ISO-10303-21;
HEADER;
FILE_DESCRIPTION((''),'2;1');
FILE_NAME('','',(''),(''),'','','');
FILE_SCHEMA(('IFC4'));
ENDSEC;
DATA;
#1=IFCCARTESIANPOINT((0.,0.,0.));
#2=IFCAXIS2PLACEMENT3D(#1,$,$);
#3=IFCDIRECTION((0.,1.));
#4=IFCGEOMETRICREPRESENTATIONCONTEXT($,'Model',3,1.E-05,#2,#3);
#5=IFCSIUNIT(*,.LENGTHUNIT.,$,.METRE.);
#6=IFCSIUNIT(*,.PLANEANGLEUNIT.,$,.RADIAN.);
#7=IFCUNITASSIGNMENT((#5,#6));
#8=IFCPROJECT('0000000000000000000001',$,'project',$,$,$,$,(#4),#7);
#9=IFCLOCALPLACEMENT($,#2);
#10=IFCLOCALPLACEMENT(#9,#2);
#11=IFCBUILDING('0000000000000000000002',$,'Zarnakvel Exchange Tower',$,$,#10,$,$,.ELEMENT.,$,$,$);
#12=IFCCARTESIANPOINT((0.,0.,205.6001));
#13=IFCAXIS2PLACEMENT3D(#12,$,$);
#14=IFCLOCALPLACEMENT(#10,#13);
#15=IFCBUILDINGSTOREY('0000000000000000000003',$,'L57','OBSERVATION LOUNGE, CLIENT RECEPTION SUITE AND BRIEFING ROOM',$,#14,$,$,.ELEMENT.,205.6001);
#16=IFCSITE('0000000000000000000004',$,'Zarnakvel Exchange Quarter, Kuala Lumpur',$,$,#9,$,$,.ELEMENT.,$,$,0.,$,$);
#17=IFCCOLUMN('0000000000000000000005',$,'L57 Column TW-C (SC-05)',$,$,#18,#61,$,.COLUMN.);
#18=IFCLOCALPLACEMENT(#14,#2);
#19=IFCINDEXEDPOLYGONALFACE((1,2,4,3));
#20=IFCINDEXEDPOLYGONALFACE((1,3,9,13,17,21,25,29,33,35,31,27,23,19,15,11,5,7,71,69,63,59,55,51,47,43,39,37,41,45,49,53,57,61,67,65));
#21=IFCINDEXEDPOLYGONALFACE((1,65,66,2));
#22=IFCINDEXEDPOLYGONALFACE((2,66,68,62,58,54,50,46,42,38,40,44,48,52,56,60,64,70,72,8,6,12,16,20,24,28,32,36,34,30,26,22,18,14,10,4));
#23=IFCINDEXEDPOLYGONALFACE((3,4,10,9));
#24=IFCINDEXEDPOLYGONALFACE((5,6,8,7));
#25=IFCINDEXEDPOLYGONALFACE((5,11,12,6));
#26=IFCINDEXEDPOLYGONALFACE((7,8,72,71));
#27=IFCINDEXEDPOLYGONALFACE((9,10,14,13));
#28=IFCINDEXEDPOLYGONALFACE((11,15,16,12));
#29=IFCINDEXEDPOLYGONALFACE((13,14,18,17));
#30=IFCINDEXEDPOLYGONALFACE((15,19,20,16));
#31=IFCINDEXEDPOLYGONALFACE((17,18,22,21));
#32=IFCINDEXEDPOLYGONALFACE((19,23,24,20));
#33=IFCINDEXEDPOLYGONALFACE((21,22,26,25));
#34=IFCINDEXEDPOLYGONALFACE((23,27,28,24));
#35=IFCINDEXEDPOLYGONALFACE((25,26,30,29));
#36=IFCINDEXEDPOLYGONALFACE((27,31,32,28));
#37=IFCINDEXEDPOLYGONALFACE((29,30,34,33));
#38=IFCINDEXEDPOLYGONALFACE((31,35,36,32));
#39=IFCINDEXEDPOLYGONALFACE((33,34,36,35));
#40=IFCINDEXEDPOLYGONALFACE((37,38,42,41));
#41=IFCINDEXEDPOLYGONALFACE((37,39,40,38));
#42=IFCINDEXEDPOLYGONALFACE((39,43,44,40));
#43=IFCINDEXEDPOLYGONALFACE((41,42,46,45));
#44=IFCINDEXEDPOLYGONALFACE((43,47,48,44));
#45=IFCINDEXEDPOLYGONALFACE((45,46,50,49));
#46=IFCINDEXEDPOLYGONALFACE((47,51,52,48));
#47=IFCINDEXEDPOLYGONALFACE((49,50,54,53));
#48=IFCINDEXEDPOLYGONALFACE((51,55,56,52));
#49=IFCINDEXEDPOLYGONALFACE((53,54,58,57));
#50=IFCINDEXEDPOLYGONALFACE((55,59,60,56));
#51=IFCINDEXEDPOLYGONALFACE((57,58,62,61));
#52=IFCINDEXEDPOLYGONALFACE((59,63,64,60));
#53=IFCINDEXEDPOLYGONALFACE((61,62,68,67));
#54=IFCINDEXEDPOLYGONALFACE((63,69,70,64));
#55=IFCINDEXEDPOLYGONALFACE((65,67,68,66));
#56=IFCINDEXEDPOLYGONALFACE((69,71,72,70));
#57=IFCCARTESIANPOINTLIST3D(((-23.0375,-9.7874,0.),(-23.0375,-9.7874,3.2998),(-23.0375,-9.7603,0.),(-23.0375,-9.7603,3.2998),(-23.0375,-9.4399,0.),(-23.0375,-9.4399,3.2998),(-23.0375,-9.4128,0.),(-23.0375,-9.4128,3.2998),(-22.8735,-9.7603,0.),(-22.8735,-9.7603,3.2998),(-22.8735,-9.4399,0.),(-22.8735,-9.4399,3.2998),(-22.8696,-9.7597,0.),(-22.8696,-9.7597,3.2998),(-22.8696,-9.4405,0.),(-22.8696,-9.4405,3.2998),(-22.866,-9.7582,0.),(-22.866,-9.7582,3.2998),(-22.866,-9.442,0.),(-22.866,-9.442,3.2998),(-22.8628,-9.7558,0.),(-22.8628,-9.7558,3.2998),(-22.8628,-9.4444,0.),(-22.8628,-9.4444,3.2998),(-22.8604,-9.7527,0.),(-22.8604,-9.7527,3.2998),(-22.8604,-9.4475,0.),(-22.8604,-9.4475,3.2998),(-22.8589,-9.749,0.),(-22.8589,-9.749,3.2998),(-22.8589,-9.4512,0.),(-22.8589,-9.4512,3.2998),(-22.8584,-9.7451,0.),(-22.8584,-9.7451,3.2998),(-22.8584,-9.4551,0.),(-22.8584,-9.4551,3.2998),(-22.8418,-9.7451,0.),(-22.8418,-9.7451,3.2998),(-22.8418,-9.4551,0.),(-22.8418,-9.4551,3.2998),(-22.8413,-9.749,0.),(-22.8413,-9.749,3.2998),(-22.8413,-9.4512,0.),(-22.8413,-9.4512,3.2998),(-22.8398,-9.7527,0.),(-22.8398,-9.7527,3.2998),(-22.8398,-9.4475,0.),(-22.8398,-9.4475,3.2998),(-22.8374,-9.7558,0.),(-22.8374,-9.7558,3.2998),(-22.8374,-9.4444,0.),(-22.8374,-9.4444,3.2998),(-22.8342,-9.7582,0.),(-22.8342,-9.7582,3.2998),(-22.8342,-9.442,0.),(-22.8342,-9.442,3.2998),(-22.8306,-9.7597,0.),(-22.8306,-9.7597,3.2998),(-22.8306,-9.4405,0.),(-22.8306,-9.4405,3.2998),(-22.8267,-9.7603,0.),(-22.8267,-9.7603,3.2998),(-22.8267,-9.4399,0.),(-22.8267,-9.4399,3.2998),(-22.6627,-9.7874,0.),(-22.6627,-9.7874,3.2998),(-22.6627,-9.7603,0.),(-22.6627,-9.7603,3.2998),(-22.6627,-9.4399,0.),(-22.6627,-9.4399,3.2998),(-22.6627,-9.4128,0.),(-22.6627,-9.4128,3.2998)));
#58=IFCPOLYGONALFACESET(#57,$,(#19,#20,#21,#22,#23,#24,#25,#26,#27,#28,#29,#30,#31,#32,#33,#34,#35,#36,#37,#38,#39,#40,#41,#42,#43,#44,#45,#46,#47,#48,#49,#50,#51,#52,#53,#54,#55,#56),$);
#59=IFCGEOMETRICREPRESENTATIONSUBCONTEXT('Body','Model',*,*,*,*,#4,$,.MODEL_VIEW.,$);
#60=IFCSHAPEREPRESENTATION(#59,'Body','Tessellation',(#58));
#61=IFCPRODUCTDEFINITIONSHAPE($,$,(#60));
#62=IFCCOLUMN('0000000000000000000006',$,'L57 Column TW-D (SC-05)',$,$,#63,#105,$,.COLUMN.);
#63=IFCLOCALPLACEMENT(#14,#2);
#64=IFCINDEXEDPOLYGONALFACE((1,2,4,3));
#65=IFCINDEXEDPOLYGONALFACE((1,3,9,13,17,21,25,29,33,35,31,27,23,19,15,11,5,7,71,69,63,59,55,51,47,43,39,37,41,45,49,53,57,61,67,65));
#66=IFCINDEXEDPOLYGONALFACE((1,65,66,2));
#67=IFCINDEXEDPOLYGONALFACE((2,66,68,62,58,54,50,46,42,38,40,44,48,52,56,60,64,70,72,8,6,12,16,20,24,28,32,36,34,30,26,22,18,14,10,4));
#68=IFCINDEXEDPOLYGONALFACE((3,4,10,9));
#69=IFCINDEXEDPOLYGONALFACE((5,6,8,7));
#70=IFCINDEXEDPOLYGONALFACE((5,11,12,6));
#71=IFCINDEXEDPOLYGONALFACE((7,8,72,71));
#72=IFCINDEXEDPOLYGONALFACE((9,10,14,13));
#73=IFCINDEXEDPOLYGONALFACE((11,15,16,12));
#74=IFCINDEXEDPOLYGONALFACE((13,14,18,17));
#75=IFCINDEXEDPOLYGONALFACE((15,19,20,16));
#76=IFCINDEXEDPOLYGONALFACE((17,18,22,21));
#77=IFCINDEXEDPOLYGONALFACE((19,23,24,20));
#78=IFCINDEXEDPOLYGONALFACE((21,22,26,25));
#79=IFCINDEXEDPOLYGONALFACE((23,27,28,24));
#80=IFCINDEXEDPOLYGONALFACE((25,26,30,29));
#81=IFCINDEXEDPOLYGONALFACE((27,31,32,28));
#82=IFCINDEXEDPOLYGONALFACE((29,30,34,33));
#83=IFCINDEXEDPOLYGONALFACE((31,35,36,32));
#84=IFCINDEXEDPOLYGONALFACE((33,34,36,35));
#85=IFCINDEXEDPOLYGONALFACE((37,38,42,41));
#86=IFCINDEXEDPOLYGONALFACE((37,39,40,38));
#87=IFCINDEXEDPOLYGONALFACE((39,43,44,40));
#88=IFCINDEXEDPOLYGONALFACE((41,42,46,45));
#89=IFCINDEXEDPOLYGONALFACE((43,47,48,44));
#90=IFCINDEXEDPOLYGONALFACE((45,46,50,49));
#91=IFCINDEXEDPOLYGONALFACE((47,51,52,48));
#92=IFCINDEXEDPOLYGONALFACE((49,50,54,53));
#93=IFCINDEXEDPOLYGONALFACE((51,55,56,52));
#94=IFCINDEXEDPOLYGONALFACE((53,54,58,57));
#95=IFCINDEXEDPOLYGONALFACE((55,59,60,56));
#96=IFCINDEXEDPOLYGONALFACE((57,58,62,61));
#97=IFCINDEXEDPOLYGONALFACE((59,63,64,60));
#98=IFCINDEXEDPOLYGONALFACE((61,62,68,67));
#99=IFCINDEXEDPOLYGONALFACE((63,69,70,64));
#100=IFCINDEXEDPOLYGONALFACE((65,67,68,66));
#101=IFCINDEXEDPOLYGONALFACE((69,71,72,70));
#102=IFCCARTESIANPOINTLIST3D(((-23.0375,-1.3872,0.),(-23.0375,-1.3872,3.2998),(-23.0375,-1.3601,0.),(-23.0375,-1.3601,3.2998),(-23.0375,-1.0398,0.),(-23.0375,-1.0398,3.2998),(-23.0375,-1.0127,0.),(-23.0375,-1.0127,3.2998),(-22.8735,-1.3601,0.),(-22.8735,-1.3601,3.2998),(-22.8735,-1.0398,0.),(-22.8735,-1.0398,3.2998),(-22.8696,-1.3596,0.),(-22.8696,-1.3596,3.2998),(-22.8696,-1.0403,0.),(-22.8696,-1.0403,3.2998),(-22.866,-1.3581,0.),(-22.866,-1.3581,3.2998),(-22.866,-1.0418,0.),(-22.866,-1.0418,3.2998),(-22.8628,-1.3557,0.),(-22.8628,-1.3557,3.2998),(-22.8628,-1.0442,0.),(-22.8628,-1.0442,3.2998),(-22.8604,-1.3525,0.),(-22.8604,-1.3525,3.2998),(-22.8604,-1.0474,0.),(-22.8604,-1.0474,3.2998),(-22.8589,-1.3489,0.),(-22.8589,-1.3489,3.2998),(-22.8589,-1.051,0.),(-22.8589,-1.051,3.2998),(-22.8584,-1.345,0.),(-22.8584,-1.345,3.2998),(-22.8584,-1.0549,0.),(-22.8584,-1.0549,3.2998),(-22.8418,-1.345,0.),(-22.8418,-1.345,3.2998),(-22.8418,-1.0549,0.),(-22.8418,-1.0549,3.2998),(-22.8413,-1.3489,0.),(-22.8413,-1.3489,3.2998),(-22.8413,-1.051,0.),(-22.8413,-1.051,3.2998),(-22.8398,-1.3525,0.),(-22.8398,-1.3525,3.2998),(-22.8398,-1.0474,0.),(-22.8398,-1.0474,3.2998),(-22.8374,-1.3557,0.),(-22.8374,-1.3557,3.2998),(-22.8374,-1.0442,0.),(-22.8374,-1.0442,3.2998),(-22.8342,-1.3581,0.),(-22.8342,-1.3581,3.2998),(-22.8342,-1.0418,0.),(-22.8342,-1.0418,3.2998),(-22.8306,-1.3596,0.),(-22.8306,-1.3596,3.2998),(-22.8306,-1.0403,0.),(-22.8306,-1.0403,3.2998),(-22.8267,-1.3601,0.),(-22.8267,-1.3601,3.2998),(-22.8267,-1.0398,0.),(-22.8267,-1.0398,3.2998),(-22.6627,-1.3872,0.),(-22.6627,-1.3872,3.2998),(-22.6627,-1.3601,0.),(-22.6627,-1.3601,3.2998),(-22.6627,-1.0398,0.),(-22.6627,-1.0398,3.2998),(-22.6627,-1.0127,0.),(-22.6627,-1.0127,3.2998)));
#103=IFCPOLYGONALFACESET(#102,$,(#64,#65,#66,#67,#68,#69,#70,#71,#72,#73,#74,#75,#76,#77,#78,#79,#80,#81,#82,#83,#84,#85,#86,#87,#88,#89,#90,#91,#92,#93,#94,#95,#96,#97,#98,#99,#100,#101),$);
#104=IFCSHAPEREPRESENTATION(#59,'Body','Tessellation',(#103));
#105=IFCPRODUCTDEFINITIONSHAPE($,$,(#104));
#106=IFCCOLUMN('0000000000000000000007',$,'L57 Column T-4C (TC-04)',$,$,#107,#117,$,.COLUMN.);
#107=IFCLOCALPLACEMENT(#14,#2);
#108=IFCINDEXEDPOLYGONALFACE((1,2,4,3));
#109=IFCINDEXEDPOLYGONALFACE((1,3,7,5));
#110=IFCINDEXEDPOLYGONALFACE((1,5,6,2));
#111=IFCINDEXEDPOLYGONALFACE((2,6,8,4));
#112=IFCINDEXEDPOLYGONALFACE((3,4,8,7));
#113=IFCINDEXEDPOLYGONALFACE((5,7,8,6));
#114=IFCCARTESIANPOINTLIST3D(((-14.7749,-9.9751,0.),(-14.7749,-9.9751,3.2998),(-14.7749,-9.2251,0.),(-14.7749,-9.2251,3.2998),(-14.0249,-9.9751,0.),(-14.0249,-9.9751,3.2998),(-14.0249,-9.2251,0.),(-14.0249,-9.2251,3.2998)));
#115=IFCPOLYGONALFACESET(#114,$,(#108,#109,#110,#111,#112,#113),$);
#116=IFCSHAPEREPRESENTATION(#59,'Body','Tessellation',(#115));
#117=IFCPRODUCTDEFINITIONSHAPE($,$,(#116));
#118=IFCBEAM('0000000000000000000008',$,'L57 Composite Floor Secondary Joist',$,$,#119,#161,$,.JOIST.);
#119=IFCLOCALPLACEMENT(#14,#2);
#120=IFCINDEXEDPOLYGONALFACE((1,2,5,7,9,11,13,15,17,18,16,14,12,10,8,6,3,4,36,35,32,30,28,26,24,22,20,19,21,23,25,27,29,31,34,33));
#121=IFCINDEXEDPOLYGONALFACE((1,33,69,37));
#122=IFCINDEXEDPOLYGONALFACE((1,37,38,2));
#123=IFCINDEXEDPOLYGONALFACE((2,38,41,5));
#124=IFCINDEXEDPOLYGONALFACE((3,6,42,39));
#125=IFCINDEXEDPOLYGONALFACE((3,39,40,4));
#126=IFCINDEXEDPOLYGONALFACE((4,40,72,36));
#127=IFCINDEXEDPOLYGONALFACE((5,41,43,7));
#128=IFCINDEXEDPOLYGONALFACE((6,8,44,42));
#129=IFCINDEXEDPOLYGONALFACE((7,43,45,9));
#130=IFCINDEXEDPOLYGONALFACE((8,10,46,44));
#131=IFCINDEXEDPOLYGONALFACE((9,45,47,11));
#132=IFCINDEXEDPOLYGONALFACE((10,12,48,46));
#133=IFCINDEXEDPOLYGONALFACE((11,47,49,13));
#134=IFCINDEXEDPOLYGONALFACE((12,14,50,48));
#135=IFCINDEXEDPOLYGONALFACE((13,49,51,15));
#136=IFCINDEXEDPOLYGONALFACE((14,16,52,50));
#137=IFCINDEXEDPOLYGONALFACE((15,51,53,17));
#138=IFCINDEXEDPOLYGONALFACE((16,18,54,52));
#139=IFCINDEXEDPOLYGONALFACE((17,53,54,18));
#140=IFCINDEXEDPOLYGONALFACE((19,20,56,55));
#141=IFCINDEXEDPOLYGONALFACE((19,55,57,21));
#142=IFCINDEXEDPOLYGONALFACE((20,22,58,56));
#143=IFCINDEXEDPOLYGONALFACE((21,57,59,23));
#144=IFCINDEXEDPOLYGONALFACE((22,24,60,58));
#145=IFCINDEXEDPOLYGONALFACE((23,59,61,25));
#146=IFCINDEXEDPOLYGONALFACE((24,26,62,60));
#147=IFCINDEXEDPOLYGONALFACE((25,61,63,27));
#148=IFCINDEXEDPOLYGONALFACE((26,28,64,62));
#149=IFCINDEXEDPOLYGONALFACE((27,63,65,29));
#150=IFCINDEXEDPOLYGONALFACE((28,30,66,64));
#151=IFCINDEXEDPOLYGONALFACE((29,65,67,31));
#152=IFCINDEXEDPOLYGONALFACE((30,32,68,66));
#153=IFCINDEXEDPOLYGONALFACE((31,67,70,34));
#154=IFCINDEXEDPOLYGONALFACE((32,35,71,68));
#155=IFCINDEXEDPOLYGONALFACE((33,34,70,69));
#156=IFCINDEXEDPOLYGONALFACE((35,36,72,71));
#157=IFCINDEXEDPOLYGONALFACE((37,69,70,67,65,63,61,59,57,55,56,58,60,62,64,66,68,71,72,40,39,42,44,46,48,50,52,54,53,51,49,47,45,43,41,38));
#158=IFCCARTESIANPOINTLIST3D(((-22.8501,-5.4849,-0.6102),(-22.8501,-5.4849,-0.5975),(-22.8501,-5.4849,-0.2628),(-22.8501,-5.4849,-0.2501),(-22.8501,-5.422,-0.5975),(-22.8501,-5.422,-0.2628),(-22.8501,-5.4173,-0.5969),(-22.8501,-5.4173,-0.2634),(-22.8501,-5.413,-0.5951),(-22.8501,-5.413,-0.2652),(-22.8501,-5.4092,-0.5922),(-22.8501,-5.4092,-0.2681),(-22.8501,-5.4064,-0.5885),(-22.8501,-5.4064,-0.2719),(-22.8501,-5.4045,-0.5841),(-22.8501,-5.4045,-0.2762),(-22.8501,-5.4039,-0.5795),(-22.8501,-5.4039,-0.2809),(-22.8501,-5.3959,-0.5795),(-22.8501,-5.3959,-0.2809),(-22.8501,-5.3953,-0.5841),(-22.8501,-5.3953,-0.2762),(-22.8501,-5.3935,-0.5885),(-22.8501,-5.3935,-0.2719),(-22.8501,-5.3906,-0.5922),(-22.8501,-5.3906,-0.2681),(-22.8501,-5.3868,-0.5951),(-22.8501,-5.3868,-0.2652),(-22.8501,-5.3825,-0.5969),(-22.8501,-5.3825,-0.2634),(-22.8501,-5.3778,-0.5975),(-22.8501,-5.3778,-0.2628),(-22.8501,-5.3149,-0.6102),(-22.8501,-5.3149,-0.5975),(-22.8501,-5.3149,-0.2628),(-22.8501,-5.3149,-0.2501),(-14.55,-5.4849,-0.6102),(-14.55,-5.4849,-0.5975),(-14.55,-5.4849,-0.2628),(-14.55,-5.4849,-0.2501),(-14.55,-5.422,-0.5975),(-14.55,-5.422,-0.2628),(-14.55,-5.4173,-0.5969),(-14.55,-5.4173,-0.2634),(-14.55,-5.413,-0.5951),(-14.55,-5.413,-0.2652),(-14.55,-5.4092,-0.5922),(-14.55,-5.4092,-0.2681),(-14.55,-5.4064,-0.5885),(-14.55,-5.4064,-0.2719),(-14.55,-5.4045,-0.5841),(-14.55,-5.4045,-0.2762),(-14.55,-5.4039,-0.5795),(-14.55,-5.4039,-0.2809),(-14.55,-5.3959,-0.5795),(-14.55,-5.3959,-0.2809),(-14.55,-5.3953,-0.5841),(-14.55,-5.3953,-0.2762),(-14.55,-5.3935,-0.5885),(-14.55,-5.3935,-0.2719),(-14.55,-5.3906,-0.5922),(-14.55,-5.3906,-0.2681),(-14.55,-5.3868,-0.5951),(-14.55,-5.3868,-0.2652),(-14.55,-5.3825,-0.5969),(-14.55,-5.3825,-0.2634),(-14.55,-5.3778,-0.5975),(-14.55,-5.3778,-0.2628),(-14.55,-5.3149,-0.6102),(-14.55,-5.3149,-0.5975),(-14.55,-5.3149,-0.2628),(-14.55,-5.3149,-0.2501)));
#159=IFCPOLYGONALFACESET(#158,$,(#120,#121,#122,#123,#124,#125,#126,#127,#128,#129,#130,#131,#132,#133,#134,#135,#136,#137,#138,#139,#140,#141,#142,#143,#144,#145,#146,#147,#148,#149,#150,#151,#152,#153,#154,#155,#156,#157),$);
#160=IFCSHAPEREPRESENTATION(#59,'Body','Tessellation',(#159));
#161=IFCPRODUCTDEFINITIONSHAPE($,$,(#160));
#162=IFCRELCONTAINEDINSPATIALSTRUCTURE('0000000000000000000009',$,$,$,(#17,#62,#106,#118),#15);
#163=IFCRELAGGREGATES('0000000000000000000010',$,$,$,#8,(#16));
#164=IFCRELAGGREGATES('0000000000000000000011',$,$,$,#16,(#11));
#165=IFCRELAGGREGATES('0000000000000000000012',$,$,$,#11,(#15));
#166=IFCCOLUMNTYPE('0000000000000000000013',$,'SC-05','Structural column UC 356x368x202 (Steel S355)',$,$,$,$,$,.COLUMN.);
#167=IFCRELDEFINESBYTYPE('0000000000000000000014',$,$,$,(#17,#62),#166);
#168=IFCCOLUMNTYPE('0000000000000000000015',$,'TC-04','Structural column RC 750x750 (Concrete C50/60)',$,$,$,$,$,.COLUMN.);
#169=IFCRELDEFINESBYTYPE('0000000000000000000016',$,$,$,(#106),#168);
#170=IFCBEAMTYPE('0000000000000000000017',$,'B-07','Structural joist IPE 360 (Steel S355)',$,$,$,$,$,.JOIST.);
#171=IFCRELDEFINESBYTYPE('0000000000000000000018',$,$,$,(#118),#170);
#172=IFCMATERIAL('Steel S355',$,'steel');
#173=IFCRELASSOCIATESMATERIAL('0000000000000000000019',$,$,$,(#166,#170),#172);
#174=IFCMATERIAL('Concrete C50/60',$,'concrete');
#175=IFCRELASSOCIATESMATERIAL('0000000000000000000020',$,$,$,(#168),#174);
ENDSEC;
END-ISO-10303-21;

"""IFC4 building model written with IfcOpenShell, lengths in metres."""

from ifc_helpers import new_model, si_unit, direction, frame, origin, origin_2d, place, context, subcontext, project, spatial, rectangle, i_section, extrude, material, material_profile, profile_set, type_object, element, save


model = new_model("IFC4")

# Units and contexts
model_context = context("Model", 3, precision=1e-05, world=origin(), true_north=direction((0.0, 1.0)))
body_context = subcontext(model_context, "Body", "Model", "MODEL_VIEW")
ifc_project = project(units=[si_unit("LENGTHUNIT", "METRE"), si_unit("PLANEANGLEUNIT", "RADIAN")], contexts=[model_context])

# Site, building, storey
site_placement = place(None, origin())
site = spatial("IfcSite", under=ifc_project, at=site_placement, Name="Zarnakvel Exchange Quarter, Kuala Lumpur", CompositionType="ELEMENT", RefElevation=0.0)
building_placement = place(site_placement, origin())
building = spatial("IfcBuilding", under=site, at=building_placement, Name="Zarnakvel Exchange Tower", CompositionType="ELEMENT")
storey_placement = place(building_placement, frame((0.0, 0.0, 205.6001)))
storey = spatial("IfcBuildingStorey", under=building, at=storey_placement, Name="L57", Description="OBSERVATION LOUNGE, CLIENT RECEPTION SUITE AND BRIEFING ROOM", CompositionType="ELEMENT", Elevation=205.6001)

# Columns
ifc_material_1 = material(Name="Steel S355", Category="steel")
ifc_material_profile_1 = material_profile(ifc_material_1, i_section(OverallWidth=0.3748, OverallDepth=0.3745, WebThickness=0.0166, FlangeThickness=0.0271, FilletRadius=0.0151, at=origin_2d()))
ifc_profile_set_1 = profile_set([ifc_material_profile_1], Name="Steel S355")
column_type_1 = type_object("IfcColumnType", Name="SC-05", Description="Structural column UC 356x368x202 (Steel S355)", PredefinedType="COLUMN", material=ifc_profile_set_1)
for number, where, z_axis, x_axis, name in (
    (1, (-22.8501, -9.6001, 0.0), (0.0, 0.0, 1.0), (1.0, 0.0, 0.0), "L57 Column TW-C (SC-05)"),
    (2, (-22.8501, -1.2, 0.0), (0.0, 0.0, 1.0), (1.0, 0.0, 0.0), "L57 Column TW-D (SC-05)"),
):
    element("IfcColumn", number, at=place(storey_placement, frame(where, z_axis=z_axis, x_axis=x_axis)), inside=storey, type_object=column_type_1, Name=name, PredefinedType="COLUMN", context=body_context, shape_type="SweptSolid", body=[
        extrude(i_section(OverallWidth=0.3748, OverallDepth=0.3745, WebThickness=0.0166, FlangeThickness=0.0271, FilletRadius=0.0151, at=origin_2d()), origin(), (0.0, 0.0, 1.0), 3.2998),
    ])
ifc_material_2 = material(Name="Concrete C50/60", Category="concrete")
ifc_material_profile_2 = material_profile(ifc_material_2, rectangle(XDim=0.75, YDim=0.75, at=origin_2d()))
ifc_profile_set_2 = profile_set([ifc_material_profile_2], Name="Concrete C50/60")
column_type_2 = type_object("IfcColumnType", Name="TC-04", Description="Structural column RC 750x750 (Concrete C50/60)", PredefinedType="COLUMN", material=ifc_profile_set_2)
column_placement = place(storey_placement, frame((-14.3999, -9.6001, 0.0), z_axis=(0.0, 0.0, 1.0), x_axis=(1.0, 0.0, 0.0)))
element("IfcColumn", 3, at=column_placement, inside=storey, type_object=column_type_2, Name="L57 Column T-4C (TC-04)", PredefinedType="COLUMN", context=body_context, shape_type="SweptSolid", body=[
    extrude(rectangle(XDim=0.75, YDim=0.75, at=origin_2d()), origin(), (0.0, 0.0, 1.0), 3.2998),
])

# Beam
ifc_material_profile_3 = material_profile(ifc_material_1, i_section(OverallWidth=0.1699, OverallDepth=0.3601, WebThickness=0.0081, FlangeThickness=0.0127, FilletRadius=0.0181, at=origin_2d()))
ifc_profile_set_3 = profile_set([ifc_material_profile_3], Name="Steel S355")
beam_type_1 = type_object("IfcBeamType", Name="B-07", Description="Structural joist IPE 360 (Steel S355)", PredefinedType="JOIST", material=ifc_profile_set_3)
beam_1_placement = place(storey_placement, frame((-22.8501, -5.3999, -0.4302), z_axis=(1.0, 0.0, 0.0), x_axis=(0.0, 1.0, 0.0)))
element("IfcBeam", 4, at=beam_1_placement, inside=storey, type_object=beam_type_1, Name="L57 Composite Floor Secondary Joist", PredefinedType="JOIST", context=body_context, shape_type="SweptSolid", body=[
    extrude(i_section(OverallWidth=0.1699, OverallDepth=0.3601, WebThickness=0.0081, FlangeThickness=0.0127, FilletRadius=0.0181, at=origin_2d()), origin(), (0.0, 0.0, 1.0), 8.3),
])

save(model, "model.ifc")
